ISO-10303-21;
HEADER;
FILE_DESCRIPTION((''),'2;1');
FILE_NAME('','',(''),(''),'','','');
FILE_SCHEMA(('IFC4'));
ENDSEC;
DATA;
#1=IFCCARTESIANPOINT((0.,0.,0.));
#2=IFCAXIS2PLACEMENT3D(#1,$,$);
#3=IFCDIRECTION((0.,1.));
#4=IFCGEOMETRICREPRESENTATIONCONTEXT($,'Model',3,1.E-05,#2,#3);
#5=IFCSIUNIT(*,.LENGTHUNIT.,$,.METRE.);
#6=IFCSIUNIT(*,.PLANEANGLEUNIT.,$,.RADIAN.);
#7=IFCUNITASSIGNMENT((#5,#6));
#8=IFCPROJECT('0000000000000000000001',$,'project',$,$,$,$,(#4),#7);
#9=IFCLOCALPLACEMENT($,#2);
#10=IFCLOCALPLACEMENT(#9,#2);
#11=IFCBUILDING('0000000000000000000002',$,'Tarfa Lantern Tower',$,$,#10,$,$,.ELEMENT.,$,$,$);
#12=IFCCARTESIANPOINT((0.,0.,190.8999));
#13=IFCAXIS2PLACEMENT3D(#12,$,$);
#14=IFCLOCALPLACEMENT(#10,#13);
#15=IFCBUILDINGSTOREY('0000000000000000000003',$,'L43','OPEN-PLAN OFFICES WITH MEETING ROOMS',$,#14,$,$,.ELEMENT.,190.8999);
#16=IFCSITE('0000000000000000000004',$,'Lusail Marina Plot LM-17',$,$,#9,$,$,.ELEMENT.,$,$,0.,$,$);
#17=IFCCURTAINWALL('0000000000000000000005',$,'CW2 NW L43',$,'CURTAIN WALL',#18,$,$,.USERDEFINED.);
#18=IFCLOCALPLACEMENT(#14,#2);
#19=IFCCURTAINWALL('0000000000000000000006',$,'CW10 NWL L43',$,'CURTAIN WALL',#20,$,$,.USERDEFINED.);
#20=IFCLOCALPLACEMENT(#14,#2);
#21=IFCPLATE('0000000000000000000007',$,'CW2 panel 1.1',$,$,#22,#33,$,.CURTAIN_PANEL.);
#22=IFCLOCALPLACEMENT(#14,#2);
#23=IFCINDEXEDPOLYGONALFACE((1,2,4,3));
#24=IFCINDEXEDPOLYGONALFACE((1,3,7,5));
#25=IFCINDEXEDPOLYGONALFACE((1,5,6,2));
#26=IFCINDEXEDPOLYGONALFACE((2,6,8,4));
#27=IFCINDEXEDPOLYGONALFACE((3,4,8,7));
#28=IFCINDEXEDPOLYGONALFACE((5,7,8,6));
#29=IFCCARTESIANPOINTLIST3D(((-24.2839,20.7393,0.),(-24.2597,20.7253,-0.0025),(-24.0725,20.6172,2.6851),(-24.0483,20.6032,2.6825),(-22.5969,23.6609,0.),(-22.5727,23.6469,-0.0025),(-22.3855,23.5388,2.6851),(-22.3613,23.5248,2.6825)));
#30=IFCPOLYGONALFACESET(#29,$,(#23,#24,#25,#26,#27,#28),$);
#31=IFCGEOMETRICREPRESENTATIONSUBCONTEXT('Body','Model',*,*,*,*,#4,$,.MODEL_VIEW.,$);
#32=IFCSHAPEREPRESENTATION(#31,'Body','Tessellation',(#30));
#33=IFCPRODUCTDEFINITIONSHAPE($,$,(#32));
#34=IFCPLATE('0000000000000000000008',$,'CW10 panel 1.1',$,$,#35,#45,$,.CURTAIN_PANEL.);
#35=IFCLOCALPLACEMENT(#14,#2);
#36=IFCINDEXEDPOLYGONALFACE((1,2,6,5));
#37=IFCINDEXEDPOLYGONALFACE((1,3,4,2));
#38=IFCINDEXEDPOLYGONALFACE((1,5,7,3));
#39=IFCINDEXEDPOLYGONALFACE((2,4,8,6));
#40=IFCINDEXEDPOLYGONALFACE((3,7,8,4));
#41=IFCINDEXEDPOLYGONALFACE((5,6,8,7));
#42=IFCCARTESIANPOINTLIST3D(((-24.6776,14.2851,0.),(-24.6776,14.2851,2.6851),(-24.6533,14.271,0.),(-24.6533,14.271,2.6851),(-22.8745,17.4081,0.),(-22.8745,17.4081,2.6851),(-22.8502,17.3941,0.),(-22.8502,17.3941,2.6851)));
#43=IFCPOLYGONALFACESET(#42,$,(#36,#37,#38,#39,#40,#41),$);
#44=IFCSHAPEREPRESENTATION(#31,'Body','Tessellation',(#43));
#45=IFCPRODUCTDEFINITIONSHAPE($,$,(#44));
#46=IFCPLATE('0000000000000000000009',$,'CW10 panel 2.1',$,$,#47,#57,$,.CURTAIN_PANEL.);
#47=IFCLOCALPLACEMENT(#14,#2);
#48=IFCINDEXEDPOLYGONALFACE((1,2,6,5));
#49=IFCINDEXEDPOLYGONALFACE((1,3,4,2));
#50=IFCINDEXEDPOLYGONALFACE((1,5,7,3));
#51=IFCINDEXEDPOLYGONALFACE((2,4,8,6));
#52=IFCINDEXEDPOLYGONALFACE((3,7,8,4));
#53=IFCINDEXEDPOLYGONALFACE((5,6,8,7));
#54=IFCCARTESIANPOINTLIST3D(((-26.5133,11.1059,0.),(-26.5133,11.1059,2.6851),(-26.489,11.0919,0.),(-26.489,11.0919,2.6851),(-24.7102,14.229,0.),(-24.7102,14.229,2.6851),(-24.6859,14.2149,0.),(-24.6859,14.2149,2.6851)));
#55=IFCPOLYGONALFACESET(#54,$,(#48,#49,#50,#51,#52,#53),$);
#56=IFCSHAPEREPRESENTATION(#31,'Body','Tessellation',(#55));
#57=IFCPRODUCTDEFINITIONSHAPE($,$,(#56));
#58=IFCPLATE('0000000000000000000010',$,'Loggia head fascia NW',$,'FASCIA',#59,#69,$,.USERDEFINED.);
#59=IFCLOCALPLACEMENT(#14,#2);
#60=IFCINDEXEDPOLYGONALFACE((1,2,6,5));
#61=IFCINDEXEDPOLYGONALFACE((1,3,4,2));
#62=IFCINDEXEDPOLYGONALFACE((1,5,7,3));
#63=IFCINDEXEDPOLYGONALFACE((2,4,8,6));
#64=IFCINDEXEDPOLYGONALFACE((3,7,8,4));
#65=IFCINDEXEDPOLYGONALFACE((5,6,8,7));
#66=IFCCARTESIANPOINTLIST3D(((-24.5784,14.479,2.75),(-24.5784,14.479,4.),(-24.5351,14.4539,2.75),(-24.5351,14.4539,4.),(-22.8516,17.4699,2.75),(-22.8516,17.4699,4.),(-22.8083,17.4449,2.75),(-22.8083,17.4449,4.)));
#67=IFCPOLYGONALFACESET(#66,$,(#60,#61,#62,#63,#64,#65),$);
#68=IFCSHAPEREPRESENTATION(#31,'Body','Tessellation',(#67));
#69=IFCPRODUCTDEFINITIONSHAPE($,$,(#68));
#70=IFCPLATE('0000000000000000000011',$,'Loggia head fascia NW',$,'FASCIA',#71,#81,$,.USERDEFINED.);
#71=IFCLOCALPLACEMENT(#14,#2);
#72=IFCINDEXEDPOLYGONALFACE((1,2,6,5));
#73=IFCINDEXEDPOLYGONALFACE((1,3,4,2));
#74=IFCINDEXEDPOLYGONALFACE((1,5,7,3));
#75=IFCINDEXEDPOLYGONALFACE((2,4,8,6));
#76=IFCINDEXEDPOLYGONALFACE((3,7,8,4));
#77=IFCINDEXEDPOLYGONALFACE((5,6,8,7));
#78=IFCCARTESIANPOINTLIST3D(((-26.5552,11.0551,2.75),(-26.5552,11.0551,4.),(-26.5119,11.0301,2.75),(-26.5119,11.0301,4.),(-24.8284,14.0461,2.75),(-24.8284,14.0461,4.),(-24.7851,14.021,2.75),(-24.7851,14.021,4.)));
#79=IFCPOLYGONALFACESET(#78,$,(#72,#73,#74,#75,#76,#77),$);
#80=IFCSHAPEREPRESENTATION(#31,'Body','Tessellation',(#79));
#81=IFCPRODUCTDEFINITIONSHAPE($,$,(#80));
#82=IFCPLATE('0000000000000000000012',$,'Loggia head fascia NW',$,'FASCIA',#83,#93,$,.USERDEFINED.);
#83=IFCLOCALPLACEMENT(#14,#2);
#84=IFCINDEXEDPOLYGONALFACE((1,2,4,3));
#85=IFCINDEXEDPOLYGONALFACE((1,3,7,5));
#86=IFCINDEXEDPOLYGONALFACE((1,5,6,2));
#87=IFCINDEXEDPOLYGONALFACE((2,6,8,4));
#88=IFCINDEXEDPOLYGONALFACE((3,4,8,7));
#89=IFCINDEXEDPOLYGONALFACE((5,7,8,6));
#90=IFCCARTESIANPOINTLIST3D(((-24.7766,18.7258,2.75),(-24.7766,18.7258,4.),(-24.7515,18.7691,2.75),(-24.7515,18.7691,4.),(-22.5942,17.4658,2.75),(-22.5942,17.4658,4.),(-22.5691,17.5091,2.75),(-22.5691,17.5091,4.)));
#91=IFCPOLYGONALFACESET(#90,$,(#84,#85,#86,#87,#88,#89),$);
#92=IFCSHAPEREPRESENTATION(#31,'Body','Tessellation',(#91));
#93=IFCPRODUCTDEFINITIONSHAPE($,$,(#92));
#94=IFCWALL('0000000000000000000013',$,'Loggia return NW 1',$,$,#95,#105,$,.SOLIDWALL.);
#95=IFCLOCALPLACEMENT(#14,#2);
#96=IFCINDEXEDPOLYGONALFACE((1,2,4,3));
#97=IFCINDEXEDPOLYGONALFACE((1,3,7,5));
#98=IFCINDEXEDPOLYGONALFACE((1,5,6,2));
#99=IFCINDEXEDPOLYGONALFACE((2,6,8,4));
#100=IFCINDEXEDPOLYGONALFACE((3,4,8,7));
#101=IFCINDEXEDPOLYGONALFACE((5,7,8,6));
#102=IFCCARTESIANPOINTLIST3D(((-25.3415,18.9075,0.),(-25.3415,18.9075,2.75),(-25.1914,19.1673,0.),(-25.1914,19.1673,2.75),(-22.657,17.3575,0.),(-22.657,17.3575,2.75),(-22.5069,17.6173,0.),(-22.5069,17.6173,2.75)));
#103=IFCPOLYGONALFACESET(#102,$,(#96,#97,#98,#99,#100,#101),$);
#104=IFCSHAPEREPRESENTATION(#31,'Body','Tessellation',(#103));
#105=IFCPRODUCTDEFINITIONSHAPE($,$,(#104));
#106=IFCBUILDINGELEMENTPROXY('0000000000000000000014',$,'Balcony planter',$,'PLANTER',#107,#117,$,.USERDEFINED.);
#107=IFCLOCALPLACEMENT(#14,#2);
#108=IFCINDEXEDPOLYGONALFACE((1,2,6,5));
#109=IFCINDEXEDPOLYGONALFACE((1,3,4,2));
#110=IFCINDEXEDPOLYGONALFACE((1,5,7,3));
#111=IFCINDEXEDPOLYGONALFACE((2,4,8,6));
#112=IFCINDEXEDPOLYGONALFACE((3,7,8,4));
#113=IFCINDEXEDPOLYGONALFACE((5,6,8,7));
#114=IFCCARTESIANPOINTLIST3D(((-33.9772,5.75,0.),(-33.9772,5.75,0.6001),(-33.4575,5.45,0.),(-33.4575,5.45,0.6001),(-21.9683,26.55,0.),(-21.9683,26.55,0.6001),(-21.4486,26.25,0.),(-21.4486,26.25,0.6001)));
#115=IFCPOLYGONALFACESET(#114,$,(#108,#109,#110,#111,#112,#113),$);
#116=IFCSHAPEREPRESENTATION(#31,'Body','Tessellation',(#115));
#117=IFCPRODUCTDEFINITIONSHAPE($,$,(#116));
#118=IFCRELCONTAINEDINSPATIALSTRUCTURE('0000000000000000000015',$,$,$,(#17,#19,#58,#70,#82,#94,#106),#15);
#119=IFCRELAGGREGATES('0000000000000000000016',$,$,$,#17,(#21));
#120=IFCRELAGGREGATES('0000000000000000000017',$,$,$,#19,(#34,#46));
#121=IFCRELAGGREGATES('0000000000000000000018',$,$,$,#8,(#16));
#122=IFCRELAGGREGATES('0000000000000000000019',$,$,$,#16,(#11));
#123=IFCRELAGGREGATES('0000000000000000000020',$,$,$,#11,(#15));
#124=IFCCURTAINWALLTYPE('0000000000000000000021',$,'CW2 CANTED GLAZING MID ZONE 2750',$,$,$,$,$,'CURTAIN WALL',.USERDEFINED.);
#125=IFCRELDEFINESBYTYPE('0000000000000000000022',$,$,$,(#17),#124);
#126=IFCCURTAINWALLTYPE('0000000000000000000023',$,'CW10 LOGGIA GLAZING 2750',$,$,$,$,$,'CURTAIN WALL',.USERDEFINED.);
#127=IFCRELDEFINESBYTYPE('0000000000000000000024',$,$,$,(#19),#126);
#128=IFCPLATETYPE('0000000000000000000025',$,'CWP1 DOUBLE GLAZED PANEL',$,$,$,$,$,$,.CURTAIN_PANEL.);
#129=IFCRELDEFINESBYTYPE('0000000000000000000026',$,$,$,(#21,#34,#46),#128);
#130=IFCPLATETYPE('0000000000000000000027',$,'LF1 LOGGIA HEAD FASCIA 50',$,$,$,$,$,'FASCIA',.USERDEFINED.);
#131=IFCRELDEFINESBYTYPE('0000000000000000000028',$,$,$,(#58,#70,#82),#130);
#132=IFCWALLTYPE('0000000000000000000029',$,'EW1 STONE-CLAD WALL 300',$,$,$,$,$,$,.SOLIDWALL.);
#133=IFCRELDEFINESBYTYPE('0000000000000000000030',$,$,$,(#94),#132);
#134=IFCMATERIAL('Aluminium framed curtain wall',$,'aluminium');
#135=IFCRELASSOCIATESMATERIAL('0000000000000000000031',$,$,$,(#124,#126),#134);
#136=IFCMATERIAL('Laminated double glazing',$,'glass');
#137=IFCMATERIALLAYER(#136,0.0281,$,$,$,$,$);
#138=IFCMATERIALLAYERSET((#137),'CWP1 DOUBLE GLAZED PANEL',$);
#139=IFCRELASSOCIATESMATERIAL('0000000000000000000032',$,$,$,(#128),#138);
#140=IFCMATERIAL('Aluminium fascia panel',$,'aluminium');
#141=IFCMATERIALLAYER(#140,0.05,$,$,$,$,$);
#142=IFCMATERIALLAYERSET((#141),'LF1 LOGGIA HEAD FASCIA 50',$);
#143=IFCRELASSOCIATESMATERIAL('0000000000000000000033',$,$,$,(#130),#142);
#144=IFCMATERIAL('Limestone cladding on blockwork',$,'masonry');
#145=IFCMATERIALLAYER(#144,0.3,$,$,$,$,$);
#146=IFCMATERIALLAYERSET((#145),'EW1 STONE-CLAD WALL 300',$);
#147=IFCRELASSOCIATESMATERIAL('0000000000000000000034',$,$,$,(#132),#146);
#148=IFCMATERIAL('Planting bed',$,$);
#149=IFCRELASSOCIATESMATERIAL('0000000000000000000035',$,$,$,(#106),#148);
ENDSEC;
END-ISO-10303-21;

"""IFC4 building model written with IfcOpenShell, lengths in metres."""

from ifc_helpers import new_model, si_unit, direction, frame, frame_2d, origin, origin_2d, place, context, subcontext, project, spatial, polyline, rectangle, outline, extrude, material, layer, layer_set, type_object, element, aggregate, save


model = new_model("IFC4")

# Units and contexts
model_context = context("Model", 3, precision=1e-05, world=origin(), true_north=direction((0.0, 1.0)))
body_context = subcontext(model_context, "Body", "Model", "MODEL_VIEW")
ifc_project = project(units=[si_unit("LENGTHUNIT", "METRE"), si_unit("PLANEANGLEUNIT", "RADIAN")], contexts=[model_context])

# Site, building, storey
site_placement = place(None, origin())
site = spatial("IfcSite", under=ifc_project, at=site_placement, Name="Lusail Marina Plot LM-17", CompositionType="ELEMENT", RefElevation=0.0)
building_placement = place(site_placement, origin())
building = spatial("IfcBuilding", under=site, at=building_placement, Name="Tarfa Lantern Tower", CompositionType="ELEMENT")
storey_placement = place(building_placement, frame((0.0, 0.0, 190.8999)))
storey = spatial("IfcBuildingStorey", under=building, at=storey_placement, Name="L43", Description="OPEN-PLAN OFFICES WITH MEETING ROOMS", CompositionType="ELEMENT", Elevation=190.8999)

# Curtain walls
ifc_material_1 = material(Name="Aluminium framed curtain wall", Category="aluminium")
curtain_wall_type_1 = type_object("IfcCurtainWallType", Name="CW2 CANTED GLAZING MID ZONE 2750", ElementType="CURTAIN WALL", PredefinedType="USERDEFINED", material=ifc_material_1)
curtain_wall_1_placement = place(storey_placement, origin())
curtain_wall_1 = element("IfcCurtainWall", 1, at=curtain_wall_1_placement, inside=storey, type_object=curtain_wall_type_1, Name="CW2 NW L43", ObjectType="CURTAIN WALL", PredefinedType="USERDEFINED")
curtain_wall_type_2 = type_object("IfcCurtainWallType", Name="CW10 LOGGIA GLAZING 2750", ElementType="CURTAIN WALL", PredefinedType="USERDEFINED", material=ifc_material_1)
curtain_wall_2_placement = place(storey_placement, origin())
curtain_wall_2 = element("IfcCurtainWall", 2, at=curtain_wall_2_placement, inside=storey, type_object=curtain_wall_type_2, Name="CW10 NWL L43", ObjectType="CURTAIN WALL", PredefinedType="USERDEFINED")

# Plates
ifc_material_2 = material(Name="Laminated double glazing", Category="glass")
ifc_layer_1 = layer(ifc_material_2, 0.0281)
ifc_layer_set_1 = layer_set([ifc_layer_1], Name="CWP1 DOUBLE GLAZED PANEL")
plate_type_1 = type_object("IfcPlateType", Name="CWP1 DOUBLE GLAZED PANEL", PredefinedType="CURTAIN_PANEL", material=ifc_layer_set_1)
plate_1_placement = place(storey_placement, frame((-22.5969, 23.6609, 0.0), z_axis=(-0.862441, 0.497992, 0.09055), x_axis=(-0.500046, -0.865999, 0.0)))
plate_1 = element("IfcPlate", 3, at=plate_1_placement, type_object=plate_type_1, Name="CW2 panel 1.1", PredefinedType="CURTAIN_PANEL", context=body_context, shape_type="SweptSolid", body=[
    extrude(outline(polyline([(0.0, 0.0), (3.3737, 0.0), (3.3737, 2.6961), (0.0, 2.6961), (0.0, 0.0)])), origin(), (0.0, 0.0, -1.0), 0.0281),
])
aggregate(curtain_wall_1, [plate_1])
plate_2_placement = place(storey_placement, frame((-23.7639, 15.8396, 0.0), z_axis=(0.0, 0.0, 1.0), x_axis=(-0.5, -0.866025, 0.0)))
plate_2 = element("IfcPlate", 4, at=plate_2_placement, type_object=plate_type_1, Name="CW10 panel 1.1", PredefinedType="CURTAIN_PANEL", context=body_context, shape_type="SweptSolid", body=[
    extrude(rectangle(XDim=3.6062, YDim=0.0281, at=origin_2d()), origin(), (0.0, 0.0, 1.0), 2.6851),
])
plate_3_placement = place(storey_placement, frame((-25.5996, 12.6604, 0.0), z_axis=(0.0, 0.0, 1.0), x_axis=(-0.5, -0.866025, 0.0)))
plate_3 = element("IfcPlate", 5, at=plate_3_placement, type_object=plate_type_1, Name="CW10 panel 2.1", PredefinedType="CURTAIN_PANEL", context=body_context, shape_type="SweptSolid", body=[
    extrude(rectangle(XDim=3.6062, YDim=0.0281, at=origin_2d()), origin(), (0.0, 0.0, 1.0), 2.6851),
])
aggregate(curtain_wall_2, [plate_2, plate_3])

# Plates
ifc_material_3 = material(Name="Aluminium fascia panel", Category="aluminium")
ifc_layer_2 = layer(ifc_material_3, 0.05)
ifc_layer_set_2 = layer_set([ifc_layer_2], Name="LF1 LOGGIA HEAD FASCIA 50")
plate_type_2 = type_object("IfcPlateType", Name="LF1 LOGGIA HEAD FASCIA 50", ElementType="FASCIA", PredefinedType="USERDEFINED", material=ifc_layer_set_2)
for number, where, z_axis, x_axis, name in (
    (6, (-23.6934, 15.9619, 2.75), (0.0, 0.0, 1.0), (-0.5, -0.866025, 0.0), "Loggia head fascia NW"),
    (7, (-25.6702, 12.5381, 2.75), (0.0, 0.0, 1.0), (-0.5, -0.866025, 0.0), "Loggia head fascia NW"),
):
    element("IfcPlate", number, at=place(storey_placement, frame(where, z_axis=z_axis, x_axis=x_axis)), inside=storey, type_object=plate_type_2, Name=name, ObjectType="FASCIA", PredefinedType="USERDEFINED", context=body_context, shape_type="SweptSolid", body=[
        extrude(rectangle(XDim=3.4536, YDim=0.05, at=origin_2d()), origin(), (0.0, 0.0, 1.0), 1.25),
    ])
plate_4_placement = place(storey_placement, frame((-23.6729, 18.1174, 2.75), z_axis=(0.0, 0.0, 1.0), x_axis=(0.866025, -0.5, 0.0)))
element("IfcPlate", 8, at=plate_4_placement, inside=storey, type_object=plate_type_2, Name="Loggia head fascia NW", ObjectType="FASCIA", PredefinedType="USERDEFINED", context=body_context, shape_type="SweptSolid", body=[
    extrude(rectangle(XDim=2.52, YDim=0.05, at=origin_2d()), origin(), (0.0, 0.0, 1.0), 1.25),
])

# Wall
ifc_material_4 = material(Name="Limestone cladding on blockwork", Category="masonry")
ifc_layer_3 = layer(ifc_material_4, 0.3)
ifc_layer_set_3 = layer_set([ifc_layer_3], Name="EW1 STONE-CLAD WALL 300")
wall_type = type_object("IfcWallType", Name="EW1 STONE-CLAD WALL 300", PredefinedType="SOLIDWALL", material=ifc_layer_set_3)
wall_placement = place(storey_placement, frame((-25.2664, 19.0374, 0.0), z_axis=(0.0, 0.0, 1.0), x_axis=(0.86601, -0.500027, 0.0)))
element("IfcWall", 9, at=wall_placement, inside=storey, type_object=wall_type, Name="Loggia return NW 1", PredefinedType="SOLIDWALL", context=body_context, shape_type="SweptSolid", body=[
    extrude(rectangle(XDim=3.0999, YDim=0.3, at=frame_2d((1.5498, 0.0))), origin(), (0.0, 0.0, 1.0), 2.75),
])

# Building element proxy
ifc_material_5 = material(Name="Planting bed")
proxy_placement = place(storey_placement, frame((-27.7129, 16.0, 0.0), z_axis=(0.0, 0.0, 1.0), x_axis=(-0.5, -0.866025, 0.0)))
element("IfcBuildingElementProxy", 10, at=proxy_placement, inside=storey, material=ifc_material_5, Name="Balcony planter", ObjectType="PLANTER", PredefinedType="USERDEFINED", context=body_context, shape_type="SweptSolid", body=[
    extrude(rectangle(XDim=24.0178, YDim=0.6001, at=origin_2d()), origin(), (0.0, 0.0, 1.0), 0.6001),
])

save(model, "model.ifc")
